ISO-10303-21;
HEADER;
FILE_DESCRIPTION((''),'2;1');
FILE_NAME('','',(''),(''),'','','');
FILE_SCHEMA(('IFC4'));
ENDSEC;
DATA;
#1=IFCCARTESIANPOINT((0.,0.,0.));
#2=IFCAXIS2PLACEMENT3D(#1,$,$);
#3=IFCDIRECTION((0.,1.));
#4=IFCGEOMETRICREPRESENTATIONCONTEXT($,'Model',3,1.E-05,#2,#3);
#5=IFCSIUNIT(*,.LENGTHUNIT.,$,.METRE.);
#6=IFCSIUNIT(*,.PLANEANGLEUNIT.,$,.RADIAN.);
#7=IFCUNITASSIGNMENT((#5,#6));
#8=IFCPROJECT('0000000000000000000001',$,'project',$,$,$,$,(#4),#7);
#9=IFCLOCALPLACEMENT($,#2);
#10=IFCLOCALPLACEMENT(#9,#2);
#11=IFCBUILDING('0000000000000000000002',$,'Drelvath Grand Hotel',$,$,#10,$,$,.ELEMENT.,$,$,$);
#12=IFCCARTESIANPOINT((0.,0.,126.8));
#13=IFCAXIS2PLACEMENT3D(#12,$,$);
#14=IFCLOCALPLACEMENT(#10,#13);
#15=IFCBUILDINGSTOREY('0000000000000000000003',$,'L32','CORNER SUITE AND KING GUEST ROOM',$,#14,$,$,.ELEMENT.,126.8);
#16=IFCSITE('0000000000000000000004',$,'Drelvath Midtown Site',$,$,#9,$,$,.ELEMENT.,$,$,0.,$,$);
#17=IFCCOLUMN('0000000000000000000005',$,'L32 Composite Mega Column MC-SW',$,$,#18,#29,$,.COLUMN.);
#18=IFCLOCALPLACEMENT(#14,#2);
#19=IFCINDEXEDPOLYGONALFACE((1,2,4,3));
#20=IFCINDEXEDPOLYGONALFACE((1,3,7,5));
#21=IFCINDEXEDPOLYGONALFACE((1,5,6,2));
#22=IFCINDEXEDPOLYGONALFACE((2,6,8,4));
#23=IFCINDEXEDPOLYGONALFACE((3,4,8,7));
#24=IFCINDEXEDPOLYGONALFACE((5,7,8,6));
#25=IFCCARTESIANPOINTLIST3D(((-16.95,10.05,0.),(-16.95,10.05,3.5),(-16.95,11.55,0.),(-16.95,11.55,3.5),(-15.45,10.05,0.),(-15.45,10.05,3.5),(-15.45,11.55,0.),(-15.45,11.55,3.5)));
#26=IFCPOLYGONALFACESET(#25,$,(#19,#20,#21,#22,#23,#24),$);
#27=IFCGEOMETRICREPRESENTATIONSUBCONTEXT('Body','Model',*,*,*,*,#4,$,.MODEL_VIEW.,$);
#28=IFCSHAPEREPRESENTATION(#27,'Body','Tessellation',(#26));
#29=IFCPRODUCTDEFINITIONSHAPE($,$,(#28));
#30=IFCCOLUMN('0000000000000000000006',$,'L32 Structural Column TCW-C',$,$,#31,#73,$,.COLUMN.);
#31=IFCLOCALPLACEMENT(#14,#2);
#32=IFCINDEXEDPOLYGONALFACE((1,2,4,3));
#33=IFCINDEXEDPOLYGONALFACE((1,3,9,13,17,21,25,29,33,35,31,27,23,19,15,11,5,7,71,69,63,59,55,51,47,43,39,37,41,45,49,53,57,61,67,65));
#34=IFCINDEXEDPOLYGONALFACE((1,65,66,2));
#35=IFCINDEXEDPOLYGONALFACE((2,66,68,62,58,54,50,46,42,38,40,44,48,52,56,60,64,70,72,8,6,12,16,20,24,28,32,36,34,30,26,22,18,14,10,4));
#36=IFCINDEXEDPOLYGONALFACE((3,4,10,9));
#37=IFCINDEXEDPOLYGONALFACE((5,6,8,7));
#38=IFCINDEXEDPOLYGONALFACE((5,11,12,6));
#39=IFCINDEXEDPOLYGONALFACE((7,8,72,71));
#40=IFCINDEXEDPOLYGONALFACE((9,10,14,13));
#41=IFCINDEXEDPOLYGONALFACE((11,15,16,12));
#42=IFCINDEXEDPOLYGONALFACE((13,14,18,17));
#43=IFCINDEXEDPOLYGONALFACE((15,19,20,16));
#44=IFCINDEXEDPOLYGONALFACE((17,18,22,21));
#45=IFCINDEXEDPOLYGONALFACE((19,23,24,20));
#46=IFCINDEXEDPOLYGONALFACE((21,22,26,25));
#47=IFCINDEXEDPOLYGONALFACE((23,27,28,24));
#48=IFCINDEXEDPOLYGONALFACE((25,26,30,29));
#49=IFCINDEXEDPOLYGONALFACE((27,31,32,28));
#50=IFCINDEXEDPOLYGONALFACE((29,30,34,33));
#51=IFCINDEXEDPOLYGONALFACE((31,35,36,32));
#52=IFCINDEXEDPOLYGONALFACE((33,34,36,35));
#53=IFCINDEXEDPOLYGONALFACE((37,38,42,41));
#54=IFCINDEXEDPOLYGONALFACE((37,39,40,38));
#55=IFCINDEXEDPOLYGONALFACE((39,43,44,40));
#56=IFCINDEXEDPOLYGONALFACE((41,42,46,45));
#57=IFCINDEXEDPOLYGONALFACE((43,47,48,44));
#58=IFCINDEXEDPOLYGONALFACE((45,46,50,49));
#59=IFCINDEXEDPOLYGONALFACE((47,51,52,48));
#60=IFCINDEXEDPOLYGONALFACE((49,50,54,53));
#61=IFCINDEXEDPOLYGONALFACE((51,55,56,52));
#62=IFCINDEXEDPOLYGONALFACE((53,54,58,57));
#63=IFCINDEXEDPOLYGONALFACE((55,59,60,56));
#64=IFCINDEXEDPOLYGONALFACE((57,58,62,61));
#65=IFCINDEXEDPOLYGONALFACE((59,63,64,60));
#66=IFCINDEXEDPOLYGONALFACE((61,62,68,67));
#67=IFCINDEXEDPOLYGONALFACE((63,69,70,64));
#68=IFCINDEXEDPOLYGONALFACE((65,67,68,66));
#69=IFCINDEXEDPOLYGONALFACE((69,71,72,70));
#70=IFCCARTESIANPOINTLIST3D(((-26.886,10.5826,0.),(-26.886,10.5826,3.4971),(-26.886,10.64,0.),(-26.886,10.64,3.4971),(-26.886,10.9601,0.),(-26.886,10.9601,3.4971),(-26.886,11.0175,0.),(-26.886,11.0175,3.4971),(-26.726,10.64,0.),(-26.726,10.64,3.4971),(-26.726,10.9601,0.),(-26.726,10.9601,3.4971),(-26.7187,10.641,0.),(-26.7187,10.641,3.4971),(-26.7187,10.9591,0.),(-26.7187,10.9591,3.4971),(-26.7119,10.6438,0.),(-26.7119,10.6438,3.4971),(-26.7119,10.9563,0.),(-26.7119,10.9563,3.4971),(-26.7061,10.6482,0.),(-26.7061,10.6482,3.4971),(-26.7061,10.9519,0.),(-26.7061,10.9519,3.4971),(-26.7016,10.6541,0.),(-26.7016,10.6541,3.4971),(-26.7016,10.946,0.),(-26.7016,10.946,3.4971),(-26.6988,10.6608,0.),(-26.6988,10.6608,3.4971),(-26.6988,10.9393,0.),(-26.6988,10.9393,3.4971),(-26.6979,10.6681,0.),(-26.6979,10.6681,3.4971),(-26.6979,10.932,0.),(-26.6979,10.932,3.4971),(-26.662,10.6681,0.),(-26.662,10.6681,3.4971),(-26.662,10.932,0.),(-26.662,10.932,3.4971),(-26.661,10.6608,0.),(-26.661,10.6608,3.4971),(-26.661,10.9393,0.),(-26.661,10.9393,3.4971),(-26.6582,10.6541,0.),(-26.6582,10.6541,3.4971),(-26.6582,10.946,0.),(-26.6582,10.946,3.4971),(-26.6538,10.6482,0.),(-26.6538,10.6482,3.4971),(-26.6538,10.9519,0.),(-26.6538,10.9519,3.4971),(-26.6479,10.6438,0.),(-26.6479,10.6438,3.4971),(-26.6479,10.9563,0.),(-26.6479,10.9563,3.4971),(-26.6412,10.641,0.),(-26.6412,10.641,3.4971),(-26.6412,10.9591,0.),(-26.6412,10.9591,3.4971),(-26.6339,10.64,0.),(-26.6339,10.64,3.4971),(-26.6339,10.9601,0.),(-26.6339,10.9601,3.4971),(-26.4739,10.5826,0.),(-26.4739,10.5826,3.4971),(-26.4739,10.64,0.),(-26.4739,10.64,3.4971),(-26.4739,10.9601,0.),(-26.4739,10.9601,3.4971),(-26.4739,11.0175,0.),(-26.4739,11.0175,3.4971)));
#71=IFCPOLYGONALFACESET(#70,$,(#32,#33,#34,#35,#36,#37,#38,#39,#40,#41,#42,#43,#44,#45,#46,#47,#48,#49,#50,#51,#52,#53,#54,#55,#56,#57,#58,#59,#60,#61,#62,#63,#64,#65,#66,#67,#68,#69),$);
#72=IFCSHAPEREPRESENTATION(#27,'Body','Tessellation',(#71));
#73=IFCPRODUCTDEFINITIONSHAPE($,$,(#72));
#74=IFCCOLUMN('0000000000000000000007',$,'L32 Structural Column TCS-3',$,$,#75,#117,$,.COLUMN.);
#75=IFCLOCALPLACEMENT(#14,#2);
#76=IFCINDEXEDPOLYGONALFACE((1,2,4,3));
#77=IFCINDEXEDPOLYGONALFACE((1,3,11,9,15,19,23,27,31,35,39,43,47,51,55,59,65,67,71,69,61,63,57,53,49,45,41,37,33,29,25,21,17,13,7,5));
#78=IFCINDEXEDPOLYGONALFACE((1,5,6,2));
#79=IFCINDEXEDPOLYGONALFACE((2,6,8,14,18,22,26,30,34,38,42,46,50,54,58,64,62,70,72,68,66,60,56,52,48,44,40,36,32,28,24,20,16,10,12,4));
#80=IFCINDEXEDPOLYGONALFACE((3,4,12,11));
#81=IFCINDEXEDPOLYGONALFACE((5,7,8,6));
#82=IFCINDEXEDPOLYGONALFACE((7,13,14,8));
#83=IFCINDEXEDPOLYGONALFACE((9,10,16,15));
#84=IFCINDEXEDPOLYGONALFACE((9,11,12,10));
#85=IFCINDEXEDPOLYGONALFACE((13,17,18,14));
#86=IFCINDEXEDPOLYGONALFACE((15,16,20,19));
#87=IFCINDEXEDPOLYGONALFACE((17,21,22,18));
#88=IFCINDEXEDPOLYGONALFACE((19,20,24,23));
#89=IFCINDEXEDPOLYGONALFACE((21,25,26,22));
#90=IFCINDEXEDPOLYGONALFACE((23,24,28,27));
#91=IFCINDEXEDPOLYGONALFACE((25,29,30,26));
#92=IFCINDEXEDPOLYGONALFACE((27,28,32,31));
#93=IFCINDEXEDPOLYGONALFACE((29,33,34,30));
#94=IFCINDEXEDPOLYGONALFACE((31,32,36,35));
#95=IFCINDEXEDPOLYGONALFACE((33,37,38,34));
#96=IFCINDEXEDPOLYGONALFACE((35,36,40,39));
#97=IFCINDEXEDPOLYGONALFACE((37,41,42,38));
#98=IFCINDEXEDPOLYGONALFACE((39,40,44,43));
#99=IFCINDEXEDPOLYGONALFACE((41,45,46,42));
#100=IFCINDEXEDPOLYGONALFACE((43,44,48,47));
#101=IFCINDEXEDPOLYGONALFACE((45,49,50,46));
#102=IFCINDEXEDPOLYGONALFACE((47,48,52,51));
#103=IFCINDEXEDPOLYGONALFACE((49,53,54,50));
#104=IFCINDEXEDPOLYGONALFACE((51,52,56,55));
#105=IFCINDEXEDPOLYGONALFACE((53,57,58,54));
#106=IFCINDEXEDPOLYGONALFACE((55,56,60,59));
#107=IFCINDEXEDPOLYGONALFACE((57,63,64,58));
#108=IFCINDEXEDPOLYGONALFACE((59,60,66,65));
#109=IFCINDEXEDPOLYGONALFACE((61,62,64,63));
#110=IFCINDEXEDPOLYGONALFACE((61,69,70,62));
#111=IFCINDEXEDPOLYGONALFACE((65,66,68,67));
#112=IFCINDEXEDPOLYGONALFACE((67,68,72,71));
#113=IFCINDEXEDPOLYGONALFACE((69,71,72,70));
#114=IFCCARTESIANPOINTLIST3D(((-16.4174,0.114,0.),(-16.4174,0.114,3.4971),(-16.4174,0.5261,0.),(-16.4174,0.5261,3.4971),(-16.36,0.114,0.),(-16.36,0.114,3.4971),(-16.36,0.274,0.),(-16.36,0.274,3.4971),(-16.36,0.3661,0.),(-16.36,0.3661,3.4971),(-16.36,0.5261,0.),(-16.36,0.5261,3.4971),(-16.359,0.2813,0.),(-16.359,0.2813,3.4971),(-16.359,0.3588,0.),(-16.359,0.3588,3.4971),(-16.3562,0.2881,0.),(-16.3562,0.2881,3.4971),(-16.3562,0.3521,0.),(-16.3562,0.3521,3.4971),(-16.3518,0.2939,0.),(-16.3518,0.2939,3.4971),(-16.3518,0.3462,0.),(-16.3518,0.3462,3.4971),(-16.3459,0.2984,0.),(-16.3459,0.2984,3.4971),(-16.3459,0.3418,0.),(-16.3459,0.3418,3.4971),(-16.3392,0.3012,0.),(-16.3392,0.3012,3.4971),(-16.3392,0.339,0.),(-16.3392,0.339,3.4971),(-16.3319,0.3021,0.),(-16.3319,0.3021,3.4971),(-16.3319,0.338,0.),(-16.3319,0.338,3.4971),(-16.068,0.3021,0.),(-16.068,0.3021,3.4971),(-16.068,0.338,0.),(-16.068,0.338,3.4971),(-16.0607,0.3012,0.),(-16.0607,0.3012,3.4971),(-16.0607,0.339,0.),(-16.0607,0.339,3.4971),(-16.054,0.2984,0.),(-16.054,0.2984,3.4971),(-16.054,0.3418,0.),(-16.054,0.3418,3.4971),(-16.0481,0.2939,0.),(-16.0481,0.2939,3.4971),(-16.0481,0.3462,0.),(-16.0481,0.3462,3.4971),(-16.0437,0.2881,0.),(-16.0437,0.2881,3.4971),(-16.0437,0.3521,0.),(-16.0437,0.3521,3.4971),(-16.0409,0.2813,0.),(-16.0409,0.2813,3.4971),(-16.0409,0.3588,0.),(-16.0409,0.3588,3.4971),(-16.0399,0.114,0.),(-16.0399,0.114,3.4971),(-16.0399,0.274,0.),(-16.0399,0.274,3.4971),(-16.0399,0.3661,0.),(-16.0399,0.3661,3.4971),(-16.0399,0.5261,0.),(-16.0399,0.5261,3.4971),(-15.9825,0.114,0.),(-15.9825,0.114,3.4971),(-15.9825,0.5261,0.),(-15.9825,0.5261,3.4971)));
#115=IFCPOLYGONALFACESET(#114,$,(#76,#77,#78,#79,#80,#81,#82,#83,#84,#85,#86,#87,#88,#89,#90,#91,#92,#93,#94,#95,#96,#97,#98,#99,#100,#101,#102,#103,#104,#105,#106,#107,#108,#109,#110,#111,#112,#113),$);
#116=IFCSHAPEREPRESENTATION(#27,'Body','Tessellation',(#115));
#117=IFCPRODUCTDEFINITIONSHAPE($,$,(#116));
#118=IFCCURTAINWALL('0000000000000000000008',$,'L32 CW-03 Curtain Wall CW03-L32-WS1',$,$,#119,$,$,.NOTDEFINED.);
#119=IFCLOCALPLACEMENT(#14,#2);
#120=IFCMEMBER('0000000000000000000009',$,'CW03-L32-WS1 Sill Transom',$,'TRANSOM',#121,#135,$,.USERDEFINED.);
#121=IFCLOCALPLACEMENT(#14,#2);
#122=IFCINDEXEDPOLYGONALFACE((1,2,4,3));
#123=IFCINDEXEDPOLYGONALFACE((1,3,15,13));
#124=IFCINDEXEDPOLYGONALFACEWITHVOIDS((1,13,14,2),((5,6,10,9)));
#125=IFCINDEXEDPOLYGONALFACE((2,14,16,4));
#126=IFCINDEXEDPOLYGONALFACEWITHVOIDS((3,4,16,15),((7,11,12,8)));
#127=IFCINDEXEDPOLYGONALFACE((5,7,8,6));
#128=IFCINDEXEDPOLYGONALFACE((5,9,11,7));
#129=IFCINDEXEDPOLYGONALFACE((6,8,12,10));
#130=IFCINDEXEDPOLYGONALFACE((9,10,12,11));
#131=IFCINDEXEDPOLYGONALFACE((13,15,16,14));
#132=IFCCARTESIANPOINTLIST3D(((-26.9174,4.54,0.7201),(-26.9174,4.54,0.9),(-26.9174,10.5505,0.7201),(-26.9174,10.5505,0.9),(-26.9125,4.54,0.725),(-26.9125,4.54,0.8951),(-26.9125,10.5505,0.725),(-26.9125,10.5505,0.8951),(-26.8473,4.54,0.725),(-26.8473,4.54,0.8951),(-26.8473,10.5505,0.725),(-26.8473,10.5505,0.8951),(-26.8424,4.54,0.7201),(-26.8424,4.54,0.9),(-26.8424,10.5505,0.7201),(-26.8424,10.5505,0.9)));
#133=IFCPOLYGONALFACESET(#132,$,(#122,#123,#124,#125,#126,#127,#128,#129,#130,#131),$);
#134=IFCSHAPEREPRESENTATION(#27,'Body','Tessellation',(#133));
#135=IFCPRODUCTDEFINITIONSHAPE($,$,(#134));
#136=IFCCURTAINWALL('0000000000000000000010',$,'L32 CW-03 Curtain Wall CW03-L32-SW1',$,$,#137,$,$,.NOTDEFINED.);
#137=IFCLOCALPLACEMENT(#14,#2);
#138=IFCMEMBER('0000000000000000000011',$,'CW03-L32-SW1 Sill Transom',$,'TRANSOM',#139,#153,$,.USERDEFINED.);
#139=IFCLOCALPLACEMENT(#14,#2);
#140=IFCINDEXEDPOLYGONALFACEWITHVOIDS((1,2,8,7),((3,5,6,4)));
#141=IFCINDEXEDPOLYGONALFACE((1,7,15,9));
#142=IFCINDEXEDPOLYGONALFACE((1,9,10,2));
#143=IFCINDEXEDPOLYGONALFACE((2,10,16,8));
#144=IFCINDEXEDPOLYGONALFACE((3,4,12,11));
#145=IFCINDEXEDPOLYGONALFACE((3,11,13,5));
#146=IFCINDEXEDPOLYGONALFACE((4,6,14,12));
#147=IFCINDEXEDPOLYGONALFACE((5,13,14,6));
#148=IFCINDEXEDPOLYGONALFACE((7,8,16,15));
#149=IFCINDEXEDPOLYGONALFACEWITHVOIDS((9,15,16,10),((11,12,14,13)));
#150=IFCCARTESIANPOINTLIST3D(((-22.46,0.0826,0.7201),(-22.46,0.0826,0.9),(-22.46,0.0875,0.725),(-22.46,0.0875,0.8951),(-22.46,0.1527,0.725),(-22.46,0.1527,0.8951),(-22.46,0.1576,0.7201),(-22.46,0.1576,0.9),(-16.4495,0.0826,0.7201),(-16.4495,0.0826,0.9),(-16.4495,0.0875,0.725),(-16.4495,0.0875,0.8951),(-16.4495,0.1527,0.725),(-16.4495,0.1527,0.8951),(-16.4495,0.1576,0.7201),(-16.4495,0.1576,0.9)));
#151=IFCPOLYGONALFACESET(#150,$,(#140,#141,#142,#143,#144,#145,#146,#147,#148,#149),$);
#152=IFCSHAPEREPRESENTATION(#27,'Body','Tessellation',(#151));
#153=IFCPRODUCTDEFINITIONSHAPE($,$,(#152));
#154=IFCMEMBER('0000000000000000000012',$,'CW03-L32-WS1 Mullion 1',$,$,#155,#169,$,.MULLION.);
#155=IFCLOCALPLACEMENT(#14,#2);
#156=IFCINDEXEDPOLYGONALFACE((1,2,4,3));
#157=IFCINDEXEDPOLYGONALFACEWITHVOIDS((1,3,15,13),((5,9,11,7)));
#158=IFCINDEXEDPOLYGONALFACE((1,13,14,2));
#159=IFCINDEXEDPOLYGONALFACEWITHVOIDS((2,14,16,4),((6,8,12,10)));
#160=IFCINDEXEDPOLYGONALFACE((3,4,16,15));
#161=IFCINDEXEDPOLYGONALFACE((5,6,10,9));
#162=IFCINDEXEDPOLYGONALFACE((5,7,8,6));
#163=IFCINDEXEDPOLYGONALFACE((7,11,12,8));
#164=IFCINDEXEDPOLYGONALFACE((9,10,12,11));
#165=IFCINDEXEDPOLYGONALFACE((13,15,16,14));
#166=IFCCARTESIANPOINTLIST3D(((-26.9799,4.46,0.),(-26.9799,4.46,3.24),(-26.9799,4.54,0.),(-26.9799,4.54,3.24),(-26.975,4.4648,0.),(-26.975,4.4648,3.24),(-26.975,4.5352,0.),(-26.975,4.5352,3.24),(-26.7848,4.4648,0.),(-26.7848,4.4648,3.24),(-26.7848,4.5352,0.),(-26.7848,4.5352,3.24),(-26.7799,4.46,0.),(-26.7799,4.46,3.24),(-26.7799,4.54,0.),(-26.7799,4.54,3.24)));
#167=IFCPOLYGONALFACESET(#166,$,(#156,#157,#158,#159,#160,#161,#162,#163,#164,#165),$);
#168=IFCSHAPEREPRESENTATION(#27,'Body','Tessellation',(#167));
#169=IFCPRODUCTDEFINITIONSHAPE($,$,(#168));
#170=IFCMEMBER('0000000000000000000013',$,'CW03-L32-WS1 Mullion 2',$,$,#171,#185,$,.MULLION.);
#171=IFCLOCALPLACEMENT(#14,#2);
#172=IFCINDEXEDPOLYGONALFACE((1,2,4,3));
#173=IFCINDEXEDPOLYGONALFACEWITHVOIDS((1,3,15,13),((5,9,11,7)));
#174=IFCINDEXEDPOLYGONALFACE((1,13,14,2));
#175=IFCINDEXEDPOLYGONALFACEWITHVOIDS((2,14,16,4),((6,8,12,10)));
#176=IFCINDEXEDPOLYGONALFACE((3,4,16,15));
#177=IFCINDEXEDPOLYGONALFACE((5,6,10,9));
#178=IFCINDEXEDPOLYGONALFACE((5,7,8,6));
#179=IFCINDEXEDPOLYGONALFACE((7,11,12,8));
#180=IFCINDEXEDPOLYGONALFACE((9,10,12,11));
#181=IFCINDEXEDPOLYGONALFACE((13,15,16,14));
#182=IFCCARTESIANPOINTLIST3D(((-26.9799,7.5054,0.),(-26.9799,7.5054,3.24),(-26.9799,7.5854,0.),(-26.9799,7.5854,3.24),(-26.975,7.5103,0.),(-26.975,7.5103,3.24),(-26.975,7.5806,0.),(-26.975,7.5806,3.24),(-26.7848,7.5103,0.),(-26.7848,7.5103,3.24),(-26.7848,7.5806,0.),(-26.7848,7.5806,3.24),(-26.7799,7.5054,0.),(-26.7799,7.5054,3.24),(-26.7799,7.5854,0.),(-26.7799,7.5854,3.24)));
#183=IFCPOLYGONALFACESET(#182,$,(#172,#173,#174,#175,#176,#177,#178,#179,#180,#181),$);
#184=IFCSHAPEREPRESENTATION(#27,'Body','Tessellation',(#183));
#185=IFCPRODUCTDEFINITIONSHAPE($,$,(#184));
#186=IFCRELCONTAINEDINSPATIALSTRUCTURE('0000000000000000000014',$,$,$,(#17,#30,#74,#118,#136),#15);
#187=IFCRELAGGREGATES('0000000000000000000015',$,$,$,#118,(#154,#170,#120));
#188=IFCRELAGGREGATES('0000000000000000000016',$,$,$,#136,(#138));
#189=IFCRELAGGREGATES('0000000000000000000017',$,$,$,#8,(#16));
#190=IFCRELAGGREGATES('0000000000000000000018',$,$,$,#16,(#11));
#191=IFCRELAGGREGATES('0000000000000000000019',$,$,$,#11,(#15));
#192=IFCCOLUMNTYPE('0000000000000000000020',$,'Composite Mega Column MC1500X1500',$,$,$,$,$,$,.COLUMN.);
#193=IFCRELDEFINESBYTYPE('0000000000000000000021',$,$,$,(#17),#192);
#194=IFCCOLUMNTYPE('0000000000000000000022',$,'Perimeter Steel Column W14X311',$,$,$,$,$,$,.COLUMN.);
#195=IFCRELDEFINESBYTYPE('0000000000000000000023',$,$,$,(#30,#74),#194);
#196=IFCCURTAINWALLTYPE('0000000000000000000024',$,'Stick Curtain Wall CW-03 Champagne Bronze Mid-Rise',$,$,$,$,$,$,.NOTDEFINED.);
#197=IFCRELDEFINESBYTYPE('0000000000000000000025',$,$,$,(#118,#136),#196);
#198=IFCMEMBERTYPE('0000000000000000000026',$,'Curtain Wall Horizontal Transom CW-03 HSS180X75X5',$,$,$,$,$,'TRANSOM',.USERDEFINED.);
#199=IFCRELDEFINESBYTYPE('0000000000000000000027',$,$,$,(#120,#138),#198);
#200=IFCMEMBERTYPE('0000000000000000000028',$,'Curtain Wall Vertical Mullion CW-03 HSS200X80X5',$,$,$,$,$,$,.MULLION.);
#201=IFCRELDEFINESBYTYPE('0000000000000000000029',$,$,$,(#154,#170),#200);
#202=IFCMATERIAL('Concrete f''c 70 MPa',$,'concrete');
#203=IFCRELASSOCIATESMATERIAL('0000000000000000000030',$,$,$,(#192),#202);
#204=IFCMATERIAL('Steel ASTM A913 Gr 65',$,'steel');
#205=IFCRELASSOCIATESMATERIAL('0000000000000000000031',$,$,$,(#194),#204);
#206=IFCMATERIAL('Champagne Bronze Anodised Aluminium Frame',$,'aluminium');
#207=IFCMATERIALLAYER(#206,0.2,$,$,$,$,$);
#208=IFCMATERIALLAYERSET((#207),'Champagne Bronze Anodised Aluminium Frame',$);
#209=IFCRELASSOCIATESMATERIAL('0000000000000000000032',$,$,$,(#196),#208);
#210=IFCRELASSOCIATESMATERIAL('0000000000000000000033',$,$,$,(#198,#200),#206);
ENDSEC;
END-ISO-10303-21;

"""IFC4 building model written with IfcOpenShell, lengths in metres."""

from ifc_helpers import new_model, si_unit, direction, frame, origin, origin_2d, place, context, subcontext, project, spatial, rectangle, hollow_rectangle, i_section, extrude, material, layer, layer_set, material_profile, profile_set, type_object, element, aggregate, save


model = new_model("IFC4")

# Units and contexts
model_context = context("Model", 3, precision=1e-05, world=origin(), true_north=direction((0.0, 1.0)))
body_context = subcontext(model_context, "Body", "Model", "MODEL_VIEW")
ifc_project = project(units=[si_unit("LENGTHUNIT", "METRE"), si_unit("PLANEANGLEUNIT", "RADIAN")], contexts=[model_context])

# Site, building, storey
site_placement = place(None, origin())
site = spatial("IfcSite", under=ifc_project, at=site_placement, Name="Drelvath Midtown Site", CompositionType="ELEMENT", RefElevation=0.0)
building_placement = place(site_placement, origin())
building = spatial("IfcBuilding", under=site, at=building_placement, Name="Drelvath Grand Hotel", CompositionType="ELEMENT")
storey_placement = place(building_placement, frame((0.0, 0.0, 126.8)))
storey = spatial("IfcBuildingStorey", under=building, at=storey_placement, Name="L32", Description="CORNER SUITE AND KING GUEST ROOM", CompositionType="ELEMENT", Elevation=126.8)

# Columns
ifc_material_1 = material(Name="Concrete f'c 70 MPa", Category="concrete")
ifc_material_profile_1 = material_profile(ifc_material_1, rectangle(XDim=1.5, YDim=1.5, at=origin_2d()), Name="MC1500X1500")
ifc_profile_set_1 = profile_set([ifc_material_profile_1], Name="Concrete f'c 70 MPa")
column_type_1 = type_object("IfcColumnType", Name="Composite Mega Column MC1500X1500", PredefinedType="COLUMN", material=ifc_profile_set_1)
column_placement = place(storey_placement, frame((-16.2, 10.8, 0.0), z_axis=(0.0, 0.0, 1.0), x_axis=(1.0, 0.0, 0.0)))
element("IfcColumn", 1, at=column_placement, inside=storey, type_object=column_type_1, Name="L32 Composite Mega Column MC-SW", PredefinedType="COLUMN", context=body_context, shape_type="SweptSolid", body=[
    extrude(rectangle(XDim=1.5, YDim=1.5, at=origin_2d()), origin(), (0.0, 0.0, 1.0), 3.5),
])
ifc_material_2 = material(Name="Steel ASTM A913 Gr 65", Category="steel")
ifc_material_profile_2 = material_profile(ifc_material_2, i_section(OverallWidth=0.4121, OverallDepth=0.4348, WebThickness=0.0359, FlangeThickness=0.0574, FilletRadius=0.0281, at=origin_2d()), Name="W14X311")
ifc_profile_set_2 = profile_set([ifc_material_profile_2], Name="Steel ASTM A913 Gr 65")
column_type_2 = type_object("IfcColumnType", Name="Perimeter Steel Column W14X311", PredefinedType="COLUMN", material=ifc_profile_set_2)
for number, where, z_axis, x_axis, name in (
    (2, (-26.6799, 10.8, 0.0), (0.0, 0.0, 1.0), (1.0, 0.0, 0.0), "L32 Structural Column TCW-C"),
    (3, (-16.2, 0.3201, 0.0), (0.0, 0.0, 1.0), (0.0, 1.0, 0.0), "L32 Structural Column TCS-3"),
):
    element("IfcColumn", number, at=place(storey_placement, frame(where, z_axis=z_axis, x_axis=x_axis)), inside=storey, type_object=column_type_2, Name=name, PredefinedType="COLUMN", context=body_context, shape_type="SweptSolid", body=[
        extrude(i_section(OverallWidth=0.4121, OverallDepth=0.4348, WebThickness=0.0359, FlangeThickness=0.0574, FilletRadius=0.0281, at=origin_2d()), origin(), (0.0, 0.0, 1.0), 3.4971),
    ])

# Curtain walls, members
ifc_material_3 = material(Name="Champagne Bronze Anodised Aluminium Frame", Category="aluminium")
ifc_layer_1 = layer(ifc_material_3, 0.2)
ifc_layer_set_1 = layer_set([ifc_layer_1], Name="Champagne Bronze Anodised Aluminium Frame")
curtain_wall_type = type_object("IfcCurtainWallType", Name="Stick Curtain Wall CW-03 Champagne Bronze Mid-Rise", PredefinedType="NOTDEFINED", material=ifc_layer_set_1)
curtain_wall_1_placement = place(storey_placement, origin())
curtain_wall_1 = element("IfcCurtainWall", 4, at=curtain_wall_1_placement, inside=storey, type_object=curtain_wall_type, Name="L32 CW-03 Curtain Wall CW03-L32-WS1", PredefinedType="NOTDEFINED")
ifc_material_profile_3 = material_profile(ifc_material_3, hollow_rectangle(XDim=0.075, YDim=0.1799, WallThickness=0.0049, at=origin_2d()), Name="HSS180X75X5")
ifc_profile_set_3 = profile_set([ifc_material_profile_3], Name="Champagne Bronze Anodised Aluminium Frame")
member_type_1 = type_object("IfcMemberType", Name="Curtain Wall Horizontal Transom CW-03 HSS180X75X5", ElementType="TRANSOM", PredefinedType="USERDEFINED", material=ifc_profile_set_3)
member_1_placement = place(storey_placement, frame((-26.8799, 4.54, 0.8101), z_axis=(0.0, 1.0, 0.0), x_axis=(-1.0, 0.0, 0.0)))
member_1 = element("IfcMember", 5, at=member_1_placement, type_object=member_type_1, Name="CW03-L32-WS1 Sill Transom", ObjectType="TRANSOM", PredefinedType="USERDEFINED", context=body_context, shape_type="SweptSolid", body=[
    extrude(hollow_rectangle(XDim=0.075, YDim=0.1799, WallThickness=0.0049, at=origin_2d()), origin(), (0.0, 0.0, 1.0), 6.0105),
])
curtain_wall_2_placement = place(storey_placement, origin())
curtain_wall_2 = element("IfcCurtainWall", 6, at=curtain_wall_2_placement, inside=storey, type_object=curtain_wall_type, Name="L32 CW-03 Curtain Wall CW03-L32-SW1", PredefinedType="NOTDEFINED")
member_2_placement = place(storey_placement, frame((-16.4495, 0.1201, 0.8101), z_axis=(-1.0, 0.0, 0.0), x_axis=(0.0, -1.0, 0.0)))
member_2 = element("IfcMember", 7, at=member_2_placement, type_object=member_type_1, Name="CW03-L32-SW1 Sill Transom", ObjectType="TRANSOM", PredefinedType="USERDEFINED", context=body_context, shape_type="SweptSolid", body=[
    extrude(hollow_rectangle(XDim=0.075, YDim=0.1799, WallThickness=0.0049, at=origin_2d()), origin(), (0.0, 0.0, 1.0), 6.0105),
])

# Members
ifc_material_profile_4 = material_profile(ifc_material_3, hollow_rectangle(XDim=0.0801, YDim=0.2, WallThickness=0.0049, at=origin_2d()), Name="HSS200X80X5")
ifc_profile_set_4 = profile_set([ifc_material_profile_4], Name="Champagne Bronze Anodised Aluminium Frame")
member_type_2 = type_object("IfcMemberType", Name="Curtain Wall Vertical Mullion CW-03 HSS200X80X5", PredefinedType="MULLION", material=ifc_profile_set_4)
member_3_placement = place(storey_placement, frame((-26.8799, 4.5, 0.0), z_axis=(0.0, 0.0, 1.0), x_axis=(0.0, 1.0, 0.0)))
member_3 = element("IfcMember", 8, at=member_3_placement, type_object=member_type_2, Name="CW03-L32-WS1 Mullion 1", PredefinedType="MULLION", context=body_context, shape_type="SweptSolid", body=[
    extrude(hollow_rectangle(XDim=0.0801, YDim=0.2, WallThickness=0.0049, at=origin_2d()), origin(), (0.0, 0.0, 1.0), 3.24),
])
member_4_placement = place(storey_placement, frame((-26.8799, 7.5454, 0.0), z_axis=(0.0, 0.0, 1.0), x_axis=(0.0, 1.0, 0.0)))
member_4 = element("IfcMember", 9, at=member_4_placement, type_object=member_type_2, Name="CW03-L32-WS1 Mullion 2", PredefinedType="MULLION", context=body_context, shape_type="SweptSolid", body=[
    extrude(hollow_rectangle(XDim=0.0801, YDim=0.2, WallThickness=0.0049, at=origin_2d()), origin(), (0.0, 0.0, 1.0), 3.24),
])

aggregate(curtain_wall_1, [member_3, member_4, member_1])
aggregate(curtain_wall_2, [member_2])

save(model, "model.ifc")
